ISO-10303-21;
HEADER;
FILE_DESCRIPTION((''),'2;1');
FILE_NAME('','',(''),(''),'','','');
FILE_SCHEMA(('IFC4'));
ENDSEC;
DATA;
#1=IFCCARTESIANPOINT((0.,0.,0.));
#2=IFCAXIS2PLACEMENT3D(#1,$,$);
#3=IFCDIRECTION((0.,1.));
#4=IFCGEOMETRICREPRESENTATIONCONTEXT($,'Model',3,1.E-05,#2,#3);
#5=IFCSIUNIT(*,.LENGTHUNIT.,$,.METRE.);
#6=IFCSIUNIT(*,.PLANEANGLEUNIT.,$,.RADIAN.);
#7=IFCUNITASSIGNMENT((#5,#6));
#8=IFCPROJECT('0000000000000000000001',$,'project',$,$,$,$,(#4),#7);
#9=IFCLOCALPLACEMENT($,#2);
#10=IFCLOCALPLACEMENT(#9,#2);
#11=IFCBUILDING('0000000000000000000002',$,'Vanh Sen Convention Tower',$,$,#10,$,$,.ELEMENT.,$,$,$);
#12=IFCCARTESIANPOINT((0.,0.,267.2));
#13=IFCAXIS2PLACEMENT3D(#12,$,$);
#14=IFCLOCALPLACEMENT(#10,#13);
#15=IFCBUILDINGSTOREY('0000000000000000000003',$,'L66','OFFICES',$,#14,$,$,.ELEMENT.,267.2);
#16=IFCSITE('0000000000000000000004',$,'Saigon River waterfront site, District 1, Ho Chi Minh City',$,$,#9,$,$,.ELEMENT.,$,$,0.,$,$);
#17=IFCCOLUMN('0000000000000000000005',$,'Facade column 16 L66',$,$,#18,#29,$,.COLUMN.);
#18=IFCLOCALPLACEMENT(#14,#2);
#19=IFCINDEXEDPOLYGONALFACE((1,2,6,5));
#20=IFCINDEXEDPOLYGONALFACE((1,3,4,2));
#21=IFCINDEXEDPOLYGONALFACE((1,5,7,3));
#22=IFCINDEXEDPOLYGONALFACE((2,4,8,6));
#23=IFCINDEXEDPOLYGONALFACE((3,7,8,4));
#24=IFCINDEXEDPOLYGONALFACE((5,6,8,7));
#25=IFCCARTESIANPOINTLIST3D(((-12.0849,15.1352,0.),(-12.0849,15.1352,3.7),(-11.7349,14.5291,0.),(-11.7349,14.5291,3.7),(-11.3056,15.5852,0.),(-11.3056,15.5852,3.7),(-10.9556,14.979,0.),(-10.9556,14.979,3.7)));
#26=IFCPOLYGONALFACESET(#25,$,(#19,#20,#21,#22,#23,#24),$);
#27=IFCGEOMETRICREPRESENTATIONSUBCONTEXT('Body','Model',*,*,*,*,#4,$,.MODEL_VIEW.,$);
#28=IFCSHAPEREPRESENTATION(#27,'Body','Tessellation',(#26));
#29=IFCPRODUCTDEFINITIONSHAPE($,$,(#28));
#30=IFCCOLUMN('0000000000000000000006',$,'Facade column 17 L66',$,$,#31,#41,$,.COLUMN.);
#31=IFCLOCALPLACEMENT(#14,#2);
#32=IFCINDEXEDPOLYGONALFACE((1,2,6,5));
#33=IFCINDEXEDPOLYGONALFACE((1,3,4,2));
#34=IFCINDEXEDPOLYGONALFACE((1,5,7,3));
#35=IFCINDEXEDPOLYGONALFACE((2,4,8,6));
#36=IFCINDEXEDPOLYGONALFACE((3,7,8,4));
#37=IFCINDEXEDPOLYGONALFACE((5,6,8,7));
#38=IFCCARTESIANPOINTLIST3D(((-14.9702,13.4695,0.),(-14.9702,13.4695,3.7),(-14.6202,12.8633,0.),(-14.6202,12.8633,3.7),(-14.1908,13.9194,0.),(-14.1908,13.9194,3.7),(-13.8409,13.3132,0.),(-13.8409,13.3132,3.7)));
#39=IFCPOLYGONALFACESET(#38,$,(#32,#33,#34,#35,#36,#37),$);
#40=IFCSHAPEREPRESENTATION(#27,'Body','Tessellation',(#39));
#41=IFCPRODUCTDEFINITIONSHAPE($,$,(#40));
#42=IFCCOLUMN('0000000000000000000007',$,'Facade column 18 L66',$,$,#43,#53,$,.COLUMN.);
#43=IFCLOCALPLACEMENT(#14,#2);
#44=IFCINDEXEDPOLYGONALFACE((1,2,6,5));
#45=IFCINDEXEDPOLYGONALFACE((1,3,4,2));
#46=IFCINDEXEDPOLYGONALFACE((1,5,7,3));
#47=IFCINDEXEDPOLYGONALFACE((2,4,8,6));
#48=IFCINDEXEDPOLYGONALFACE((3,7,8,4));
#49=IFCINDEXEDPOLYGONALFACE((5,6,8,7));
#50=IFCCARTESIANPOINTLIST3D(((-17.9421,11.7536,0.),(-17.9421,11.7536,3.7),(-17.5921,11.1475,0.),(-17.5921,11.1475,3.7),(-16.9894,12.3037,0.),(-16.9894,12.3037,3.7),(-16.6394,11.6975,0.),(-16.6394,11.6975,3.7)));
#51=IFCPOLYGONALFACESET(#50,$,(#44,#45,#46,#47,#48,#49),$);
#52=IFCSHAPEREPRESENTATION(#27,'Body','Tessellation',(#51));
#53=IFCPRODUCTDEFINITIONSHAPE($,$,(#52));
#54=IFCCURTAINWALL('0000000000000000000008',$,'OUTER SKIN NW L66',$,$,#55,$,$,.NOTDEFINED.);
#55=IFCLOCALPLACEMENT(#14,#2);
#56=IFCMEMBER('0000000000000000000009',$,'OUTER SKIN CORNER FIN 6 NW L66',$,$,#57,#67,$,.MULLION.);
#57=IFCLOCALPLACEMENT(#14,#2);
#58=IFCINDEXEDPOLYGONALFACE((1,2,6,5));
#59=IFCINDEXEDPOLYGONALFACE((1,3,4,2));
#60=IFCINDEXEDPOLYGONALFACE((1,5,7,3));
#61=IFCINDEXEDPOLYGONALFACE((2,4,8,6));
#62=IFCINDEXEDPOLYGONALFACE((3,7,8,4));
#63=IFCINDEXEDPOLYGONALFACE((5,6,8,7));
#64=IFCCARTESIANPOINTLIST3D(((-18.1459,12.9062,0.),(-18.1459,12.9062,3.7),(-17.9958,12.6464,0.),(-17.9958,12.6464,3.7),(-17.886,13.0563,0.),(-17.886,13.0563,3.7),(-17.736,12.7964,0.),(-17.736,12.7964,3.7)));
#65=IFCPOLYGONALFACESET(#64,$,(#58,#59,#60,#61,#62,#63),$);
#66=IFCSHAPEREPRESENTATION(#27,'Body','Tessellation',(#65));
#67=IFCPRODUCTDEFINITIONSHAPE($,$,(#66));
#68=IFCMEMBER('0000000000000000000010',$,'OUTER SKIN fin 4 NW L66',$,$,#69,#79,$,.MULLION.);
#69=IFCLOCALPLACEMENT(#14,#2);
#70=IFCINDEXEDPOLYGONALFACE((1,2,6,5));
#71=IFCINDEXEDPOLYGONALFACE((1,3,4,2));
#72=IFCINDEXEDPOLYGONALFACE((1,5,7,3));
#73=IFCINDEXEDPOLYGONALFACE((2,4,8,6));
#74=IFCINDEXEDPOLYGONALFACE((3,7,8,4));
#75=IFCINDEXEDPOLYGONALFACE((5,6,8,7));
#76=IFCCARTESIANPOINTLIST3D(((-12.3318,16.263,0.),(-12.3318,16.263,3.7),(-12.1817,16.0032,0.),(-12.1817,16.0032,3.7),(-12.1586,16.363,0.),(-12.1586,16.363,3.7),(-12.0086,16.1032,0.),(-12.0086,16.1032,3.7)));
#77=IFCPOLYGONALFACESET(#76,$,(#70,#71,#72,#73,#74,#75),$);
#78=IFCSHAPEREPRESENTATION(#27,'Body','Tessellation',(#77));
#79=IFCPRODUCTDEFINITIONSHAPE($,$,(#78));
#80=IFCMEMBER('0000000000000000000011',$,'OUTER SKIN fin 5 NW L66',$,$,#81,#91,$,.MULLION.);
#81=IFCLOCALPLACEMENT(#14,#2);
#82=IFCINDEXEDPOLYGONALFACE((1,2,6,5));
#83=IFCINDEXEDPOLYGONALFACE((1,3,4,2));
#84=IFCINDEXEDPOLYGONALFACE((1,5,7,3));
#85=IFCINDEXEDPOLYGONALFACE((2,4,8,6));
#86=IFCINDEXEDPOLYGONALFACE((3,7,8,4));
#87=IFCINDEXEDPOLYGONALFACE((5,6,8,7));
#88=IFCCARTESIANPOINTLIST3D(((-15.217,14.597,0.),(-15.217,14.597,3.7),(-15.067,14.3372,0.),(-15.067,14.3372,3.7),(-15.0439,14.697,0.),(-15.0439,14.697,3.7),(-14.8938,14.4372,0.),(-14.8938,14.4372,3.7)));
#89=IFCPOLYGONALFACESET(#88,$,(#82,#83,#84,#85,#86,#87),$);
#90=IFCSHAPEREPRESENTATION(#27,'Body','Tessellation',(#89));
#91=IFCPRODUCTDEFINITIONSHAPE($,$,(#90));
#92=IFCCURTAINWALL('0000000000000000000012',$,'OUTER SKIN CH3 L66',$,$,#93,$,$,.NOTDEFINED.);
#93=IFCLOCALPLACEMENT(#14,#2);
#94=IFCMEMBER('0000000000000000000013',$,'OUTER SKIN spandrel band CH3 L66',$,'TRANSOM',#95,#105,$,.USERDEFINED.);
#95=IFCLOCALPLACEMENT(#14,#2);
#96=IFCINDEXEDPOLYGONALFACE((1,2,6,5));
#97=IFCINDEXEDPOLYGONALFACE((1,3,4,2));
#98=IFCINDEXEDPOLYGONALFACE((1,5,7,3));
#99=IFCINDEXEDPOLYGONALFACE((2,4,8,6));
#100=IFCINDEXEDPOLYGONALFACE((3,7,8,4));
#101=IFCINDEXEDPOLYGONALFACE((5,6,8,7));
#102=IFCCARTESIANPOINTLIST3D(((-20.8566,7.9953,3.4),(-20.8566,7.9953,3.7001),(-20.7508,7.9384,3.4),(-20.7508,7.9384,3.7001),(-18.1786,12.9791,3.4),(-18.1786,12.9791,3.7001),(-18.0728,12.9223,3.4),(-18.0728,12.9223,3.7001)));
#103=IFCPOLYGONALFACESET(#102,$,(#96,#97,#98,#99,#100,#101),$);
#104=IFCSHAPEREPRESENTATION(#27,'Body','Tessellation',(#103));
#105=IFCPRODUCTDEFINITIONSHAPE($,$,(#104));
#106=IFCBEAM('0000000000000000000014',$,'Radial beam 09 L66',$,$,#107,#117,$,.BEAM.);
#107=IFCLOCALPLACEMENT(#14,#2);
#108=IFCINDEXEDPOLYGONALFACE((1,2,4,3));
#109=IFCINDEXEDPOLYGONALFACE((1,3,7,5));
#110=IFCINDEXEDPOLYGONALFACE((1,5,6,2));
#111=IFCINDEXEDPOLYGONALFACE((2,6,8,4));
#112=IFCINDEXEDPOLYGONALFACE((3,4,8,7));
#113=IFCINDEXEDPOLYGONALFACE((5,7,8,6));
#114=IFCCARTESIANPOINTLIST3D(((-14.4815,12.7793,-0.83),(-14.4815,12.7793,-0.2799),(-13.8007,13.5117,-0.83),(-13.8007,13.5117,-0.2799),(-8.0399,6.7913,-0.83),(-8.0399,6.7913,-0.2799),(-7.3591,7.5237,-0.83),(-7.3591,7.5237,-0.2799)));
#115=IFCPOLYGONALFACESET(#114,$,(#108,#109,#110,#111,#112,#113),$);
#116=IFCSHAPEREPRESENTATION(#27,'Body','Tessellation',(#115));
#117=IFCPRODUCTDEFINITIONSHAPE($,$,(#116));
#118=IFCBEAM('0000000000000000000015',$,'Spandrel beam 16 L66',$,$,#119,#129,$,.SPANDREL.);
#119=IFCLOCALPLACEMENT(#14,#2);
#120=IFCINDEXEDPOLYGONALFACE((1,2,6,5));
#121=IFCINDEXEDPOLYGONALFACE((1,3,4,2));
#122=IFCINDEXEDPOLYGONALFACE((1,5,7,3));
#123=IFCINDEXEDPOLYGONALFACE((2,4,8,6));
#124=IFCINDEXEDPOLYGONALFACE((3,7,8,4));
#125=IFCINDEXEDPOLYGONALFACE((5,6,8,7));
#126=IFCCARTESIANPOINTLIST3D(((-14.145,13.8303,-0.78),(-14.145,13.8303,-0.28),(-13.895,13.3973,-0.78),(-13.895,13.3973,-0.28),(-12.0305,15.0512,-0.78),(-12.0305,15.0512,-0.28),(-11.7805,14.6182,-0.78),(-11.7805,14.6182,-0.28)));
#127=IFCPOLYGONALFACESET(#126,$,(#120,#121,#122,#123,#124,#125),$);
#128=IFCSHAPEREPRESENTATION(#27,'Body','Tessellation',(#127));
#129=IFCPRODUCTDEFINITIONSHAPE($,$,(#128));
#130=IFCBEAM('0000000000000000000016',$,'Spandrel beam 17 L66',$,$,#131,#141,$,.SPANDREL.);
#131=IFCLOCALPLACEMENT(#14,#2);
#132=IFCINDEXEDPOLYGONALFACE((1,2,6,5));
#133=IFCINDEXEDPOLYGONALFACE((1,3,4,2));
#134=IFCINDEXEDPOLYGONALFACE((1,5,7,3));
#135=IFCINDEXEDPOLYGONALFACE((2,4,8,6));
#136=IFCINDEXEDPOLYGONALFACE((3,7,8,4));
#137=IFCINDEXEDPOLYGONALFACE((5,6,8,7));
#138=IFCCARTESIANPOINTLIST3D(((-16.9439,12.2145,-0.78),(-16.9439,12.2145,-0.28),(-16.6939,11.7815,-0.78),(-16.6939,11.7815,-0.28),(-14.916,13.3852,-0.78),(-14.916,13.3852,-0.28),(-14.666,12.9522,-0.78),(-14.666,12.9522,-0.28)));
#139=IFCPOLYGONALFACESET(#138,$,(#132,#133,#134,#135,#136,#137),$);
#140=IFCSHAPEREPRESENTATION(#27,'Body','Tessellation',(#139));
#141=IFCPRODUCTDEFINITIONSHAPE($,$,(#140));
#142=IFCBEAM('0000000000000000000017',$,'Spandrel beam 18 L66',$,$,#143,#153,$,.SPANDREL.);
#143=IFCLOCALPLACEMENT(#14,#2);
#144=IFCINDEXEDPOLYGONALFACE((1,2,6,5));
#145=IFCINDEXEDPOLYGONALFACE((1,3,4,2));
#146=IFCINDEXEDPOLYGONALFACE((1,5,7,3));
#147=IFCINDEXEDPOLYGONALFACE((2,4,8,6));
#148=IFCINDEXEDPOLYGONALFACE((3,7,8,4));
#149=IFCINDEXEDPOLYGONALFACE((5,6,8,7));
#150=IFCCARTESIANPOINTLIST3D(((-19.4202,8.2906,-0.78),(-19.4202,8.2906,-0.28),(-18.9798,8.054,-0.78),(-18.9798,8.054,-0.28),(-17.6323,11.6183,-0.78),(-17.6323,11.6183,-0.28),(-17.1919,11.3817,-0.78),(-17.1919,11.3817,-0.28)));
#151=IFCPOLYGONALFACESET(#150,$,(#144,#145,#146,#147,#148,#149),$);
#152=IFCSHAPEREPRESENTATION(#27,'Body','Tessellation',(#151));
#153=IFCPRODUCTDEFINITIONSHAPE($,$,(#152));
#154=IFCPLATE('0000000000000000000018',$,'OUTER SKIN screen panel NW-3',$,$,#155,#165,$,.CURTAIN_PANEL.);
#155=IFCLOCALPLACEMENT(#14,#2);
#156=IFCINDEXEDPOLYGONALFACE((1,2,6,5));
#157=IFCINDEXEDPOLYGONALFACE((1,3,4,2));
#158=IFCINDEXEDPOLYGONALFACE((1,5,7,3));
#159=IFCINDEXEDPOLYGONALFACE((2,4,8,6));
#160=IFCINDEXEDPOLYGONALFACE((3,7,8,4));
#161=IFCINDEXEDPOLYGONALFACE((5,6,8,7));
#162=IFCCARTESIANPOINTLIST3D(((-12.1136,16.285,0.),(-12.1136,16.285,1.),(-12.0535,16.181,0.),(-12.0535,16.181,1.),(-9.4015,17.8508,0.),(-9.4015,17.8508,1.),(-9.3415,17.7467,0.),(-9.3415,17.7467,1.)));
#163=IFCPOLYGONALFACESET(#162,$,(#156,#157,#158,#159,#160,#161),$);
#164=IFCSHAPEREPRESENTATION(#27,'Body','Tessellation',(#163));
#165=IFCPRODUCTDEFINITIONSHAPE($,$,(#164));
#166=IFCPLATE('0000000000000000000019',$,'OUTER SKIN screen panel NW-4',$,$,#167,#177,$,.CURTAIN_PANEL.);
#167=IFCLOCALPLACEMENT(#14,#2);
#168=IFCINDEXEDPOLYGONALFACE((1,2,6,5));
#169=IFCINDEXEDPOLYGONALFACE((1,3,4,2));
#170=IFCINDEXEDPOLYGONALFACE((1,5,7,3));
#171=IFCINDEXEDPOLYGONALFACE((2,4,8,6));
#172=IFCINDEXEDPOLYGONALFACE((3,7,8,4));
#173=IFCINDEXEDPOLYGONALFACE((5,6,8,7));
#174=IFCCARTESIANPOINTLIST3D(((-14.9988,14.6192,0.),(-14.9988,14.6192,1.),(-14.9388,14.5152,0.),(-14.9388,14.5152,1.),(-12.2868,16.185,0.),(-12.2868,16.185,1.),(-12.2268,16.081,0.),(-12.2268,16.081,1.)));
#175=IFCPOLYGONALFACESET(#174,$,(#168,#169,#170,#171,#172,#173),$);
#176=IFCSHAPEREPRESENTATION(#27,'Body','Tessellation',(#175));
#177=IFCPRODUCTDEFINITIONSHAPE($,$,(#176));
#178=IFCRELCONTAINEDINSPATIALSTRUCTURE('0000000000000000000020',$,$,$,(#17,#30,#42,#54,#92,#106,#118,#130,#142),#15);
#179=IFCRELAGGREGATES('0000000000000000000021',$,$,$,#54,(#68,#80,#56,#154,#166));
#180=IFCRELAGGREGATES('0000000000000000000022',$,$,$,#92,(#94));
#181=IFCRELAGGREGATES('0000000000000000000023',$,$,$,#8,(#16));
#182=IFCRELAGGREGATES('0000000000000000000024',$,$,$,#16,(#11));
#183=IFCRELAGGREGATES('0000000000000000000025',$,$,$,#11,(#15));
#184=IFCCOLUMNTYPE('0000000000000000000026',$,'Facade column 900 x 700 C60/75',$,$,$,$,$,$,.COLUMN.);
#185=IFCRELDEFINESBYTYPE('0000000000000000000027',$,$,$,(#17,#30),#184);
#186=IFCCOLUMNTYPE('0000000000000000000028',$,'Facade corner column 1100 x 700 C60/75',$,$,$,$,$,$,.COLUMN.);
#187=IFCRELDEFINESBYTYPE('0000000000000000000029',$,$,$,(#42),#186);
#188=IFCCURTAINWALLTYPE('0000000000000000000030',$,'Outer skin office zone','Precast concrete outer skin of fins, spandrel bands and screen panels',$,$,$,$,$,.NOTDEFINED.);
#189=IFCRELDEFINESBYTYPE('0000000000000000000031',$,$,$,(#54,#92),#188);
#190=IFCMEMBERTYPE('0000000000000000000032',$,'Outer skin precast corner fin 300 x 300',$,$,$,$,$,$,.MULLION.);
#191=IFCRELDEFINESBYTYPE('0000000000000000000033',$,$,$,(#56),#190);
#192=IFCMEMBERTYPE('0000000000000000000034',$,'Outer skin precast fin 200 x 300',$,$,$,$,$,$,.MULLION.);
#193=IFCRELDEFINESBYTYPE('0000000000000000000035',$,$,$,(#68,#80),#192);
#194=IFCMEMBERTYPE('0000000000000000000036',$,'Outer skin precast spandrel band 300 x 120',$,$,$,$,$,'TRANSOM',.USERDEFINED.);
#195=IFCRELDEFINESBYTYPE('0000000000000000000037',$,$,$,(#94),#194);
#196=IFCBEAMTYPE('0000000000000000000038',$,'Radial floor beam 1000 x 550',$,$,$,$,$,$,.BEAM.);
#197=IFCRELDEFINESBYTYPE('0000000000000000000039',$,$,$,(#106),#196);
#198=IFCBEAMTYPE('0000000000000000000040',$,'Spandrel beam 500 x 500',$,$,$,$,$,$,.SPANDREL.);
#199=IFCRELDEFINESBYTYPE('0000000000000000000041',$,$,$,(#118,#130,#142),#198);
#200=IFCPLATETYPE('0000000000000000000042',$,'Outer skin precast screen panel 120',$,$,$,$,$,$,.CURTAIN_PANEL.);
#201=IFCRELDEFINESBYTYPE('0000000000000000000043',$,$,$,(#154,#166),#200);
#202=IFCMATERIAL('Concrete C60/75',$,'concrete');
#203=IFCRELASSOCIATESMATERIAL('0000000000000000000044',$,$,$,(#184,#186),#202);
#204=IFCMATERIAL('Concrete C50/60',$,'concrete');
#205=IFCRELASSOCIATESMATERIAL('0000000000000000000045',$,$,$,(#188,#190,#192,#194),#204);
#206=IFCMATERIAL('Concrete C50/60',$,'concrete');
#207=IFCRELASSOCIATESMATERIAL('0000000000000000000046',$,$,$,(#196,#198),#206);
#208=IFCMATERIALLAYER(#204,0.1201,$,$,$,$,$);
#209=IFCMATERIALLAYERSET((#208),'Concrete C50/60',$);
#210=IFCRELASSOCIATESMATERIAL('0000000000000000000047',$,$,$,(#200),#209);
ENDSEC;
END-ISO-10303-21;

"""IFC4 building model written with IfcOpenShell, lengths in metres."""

from ifc_helpers import new_model, si_unit, direction, frame, origin, origin_2d, place, context, subcontext, project, spatial, rectangle, extrude, material, layer, layer_set, material_profile, profile_set, type_object, element, aggregate, save


model = new_model("IFC4")

# Units and contexts
model_context = context("Model", 3, precision=1e-05, world=origin(), true_north=direction((0.0, 1.0)))
body_context = subcontext(model_context, "Body", "Model", "MODEL_VIEW")
ifc_project = project(units=[si_unit("LENGTHUNIT", "METRE"), si_unit("PLANEANGLEUNIT", "RADIAN")], contexts=[model_context])

# Site, building, storey
site_placement = place(None, origin())
site = spatial("IfcSite", under=ifc_project, at=site_placement, Name="Saigon River waterfront site, District 1, Ho Chi Minh City", CompositionType="ELEMENT", RefElevation=0.0)
building_placement = place(site_placement, origin())
building = spatial("IfcBuilding", under=site, at=building_placement, Name="Vanh Sen Convention Tower", CompositionType="ELEMENT")
storey_placement = place(building_placement, frame((0.0, 0.0, 267.2)))
storey = spatial("IfcBuildingStorey", under=building, at=storey_placement, Name="L66", Description="OFFICES", CompositionType="ELEMENT", Elevation=267.2)

# Columns
ifc_material_1 = material(Name="Concrete C60/75", Category="concrete")
ifc_material_profile_1 = material_profile(ifc_material_1, rectangle(XDim=0.8999, YDim=0.7, at=origin_2d()), Name="RC 900X700")
ifc_profile_set_1 = profile_set([ifc_material_profile_1], Name="Concrete C60/75")
column_type_1 = type_object("IfcColumnType", Name="Facade column 900 x 700 C60/75", PredefinedType="COLUMN", material=ifc_profile_set_1)
for number, where, z_axis, x_axis, name in (
    (1, (-11.5203, 15.0571, 0.0), (0.0, 0.0, 1.0), (-0.866025, -0.5, 0.0), "Facade column 16 L66"),
    (2, (-14.4055, 13.3914, 0.0), (0.0, 0.0, 1.0), (-0.866025, -0.5, 0.0), "Facade column 17 L66"),
):
    element("IfcColumn", number, at=place(storey_placement, frame(where, z_axis=z_axis, x_axis=x_axis)), inside=storey, type_object=column_type_1, Name=name, PredefinedType="COLUMN", context=body_context, shape_type="SweptSolid", body=[
        extrude(rectangle(XDim=0.8999, YDim=0.7, at=origin_2d()), origin(), (0.0, 0.0, 1.0), 3.7),
    ])
ifc_material_profile_2 = material_profile(ifc_material_1, rectangle(XDim=1.1001, YDim=0.7, at=origin_2d()), Name="RC 1100X700")
ifc_profile_set_2 = profile_set([ifc_material_profile_2], Name="Concrete C60/75")
column_type_2 = type_object("IfcColumnType", Name="Facade corner column 1100 x 700 C60/75", PredefinedType="COLUMN", material=ifc_profile_set_2)
column_placement = place(storey_placement, frame((-17.2908, 11.7256, 0.0), z_axis=(0.0, 0.0, 1.0), x_axis=(-0.866025, -0.5, 0.0)))
element("IfcColumn", 3, at=column_placement, inside=storey, type_object=column_type_2, Name="Facade column 18 L66", PredefinedType="COLUMN", context=body_context, shape_type="SweptSolid", body=[
    extrude(rectangle(XDim=1.1001, YDim=0.7, at=origin_2d()), origin(), (0.0, 0.0, 1.0), 3.7),
])

# Curtain wall, members
ifc_material_2 = material(Name="Concrete C50/60", Category="concrete")
curtain_wall_type = type_object("IfcCurtainWallType", Name="Outer skin office zone", Description="Precast concrete outer skin of fins, spandrel bands and screen panels", PredefinedType="NOTDEFINED", material=ifc_material_2)
curtain_wall_1_placement = place(storey_placement, origin())
curtain_wall_1 = element("IfcCurtainWall", 4, at=curtain_wall_1_placement, inside=storey, type_object=curtain_wall_type, Name="OUTER SKIN NW L66", PredefinedType="NOTDEFINED")
ifc_material_profile_3 = material_profile(ifc_material_2, rectangle(XDim=0.3, YDim=0.3, at=origin_2d()), Name="Outer skin precast corner fin 300 x 300")
ifc_profile_set_3 = profile_set([ifc_material_profile_3], Name="Concrete C50/60")
member_type_1 = type_object("IfcMemberType", Name="Outer skin precast corner fin 300 x 300", PredefinedType="MULLION", material=ifc_profile_set_3)
member_1_placement = place(storey_placement, frame((-17.9409, 12.8513, 0.0), z_axis=(0.0, 0.0, 1.0), x_axis=(-0.866025, -0.5, 0.0)))
member_1 = element("IfcMember", 5, at=member_1_placement, type_object=member_type_1, Name="OUTER SKIN CORNER FIN 6 NW L66", PredefinedType="MULLION", context=body_context, shape_type="SweptSolid", body=[
    extrude(rectangle(XDim=0.3, YDim=0.3, at=origin_2d()), origin(), (0.0, 0.0, 1.0), 3.7),
])
ifc_material_profile_4 = material_profile(ifc_material_2, rectangle(XDim=0.2, YDim=0.3, at=origin_2d()), Name="Outer skin precast fin 200 x 300")
ifc_profile_set_4 = profile_set([ifc_material_profile_4], Name="Concrete C50/60")
member_type_2 = type_object("IfcMemberType", Name="Outer skin precast fin 200 x 300", PredefinedType="MULLION", material=ifc_profile_set_4)
member_2_placement = place(storey_placement, frame((-12.1702, 16.1831, 0.0), z_axis=(0.0, 0.0, 1.0), x_axis=(-0.866025, -0.5, 0.0)))
member_2 = element("IfcMember", 6, at=member_2_placement, type_object=member_type_2, Name="OUTER SKIN fin 4 NW L66", PredefinedType="MULLION", context=body_context, shape_type="SweptSolid", body=[
    extrude(rectangle(XDim=0.2, YDim=0.3, at=origin_2d()), origin(), (0.0, 0.0, 1.0), 3.7),
])
member_3_placement = place(storey_placement, frame((-15.0554, 14.5171, 0.0), z_axis=(0.0, 0.0, 1.0), x_axis=(-0.866025, -0.5, 0.0)))
member_3 = element("IfcMember", 7, at=member_3_placement, type_object=member_type_2, Name="OUTER SKIN fin 5 NW L66", PredefinedType="MULLION", context=body_context, shape_type="SweptSolid", body=[
    extrude(rectangle(XDim=0.2, YDim=0.3, at=origin_2d()), origin(), (0.0, 0.0, 1.0), 3.7),
])

# Curtain wall, member
curtain_wall_2_placement = place(storey_placement, origin())
curtain_wall_2 = element("IfcCurtainWall", 8, at=curtain_wall_2_placement, inside=storey, type_object=curtain_wall_type, Name="OUTER SKIN CH3 L66", PredefinedType="NOTDEFINED")
ifc_material_profile_5 = material_profile(ifc_material_2, rectangle(XDim=0.1201, YDim=0.3, at=origin_2d()), Name="Outer skin precast spandrel band 300 x 120")
ifc_profile_set_5 = profile_set([ifc_material_profile_5], Name="Concrete C50/60")
member_type_3 = type_object("IfcMemberType", Name="Outer skin precast spandrel band 300 x 120", ElementType="TRANSOM", PredefinedType="USERDEFINED", material=ifc_profile_set_5)
member_4_placement = place(storey_placement, frame((-18.1257, 12.9507, 3.55), z_axis=(-0.473325, -0.880888, 0.0), x_axis=(0.880888, -0.473325, 0.0)))
member_4 = element("IfcMember", 9, at=member_4_placement, type_object=member_type_3, Name="OUTER SKIN spandrel band CH3 L66", ObjectType="TRANSOM", PredefinedType="USERDEFINED", context=body_context, shape_type="SweptSolid", body=[
    extrude(rectangle(XDim=0.1201, YDim=0.3, at=origin_2d()), origin(), (0.0, 0.0, 1.0), 5.6577),
])

# Beams
ifc_material_3 = material(Name="Concrete C50/60", Category="concrete")
ifc_material_profile_6 = material_profile(ifc_material_3, rectangle(XDim=1.0, YDim=0.55, at=origin_2d()), Name="RC 1000X550")
ifc_profile_set_6 = profile_set([ifc_material_profile_6], Name="Concrete C50/60")
beam_type_1 = type_object("IfcBeamType", Name="Radial floor beam 1000 x 550", PredefinedType="BEAM", material=ifc_profile_set_6)
beam_1_placement = place(storey_placement, frame((-14.1411, 13.1455, -0.5549), z_axis=(0.732425, -0.680848, 0.0), x_axis=(0.680848, 0.732425, 0.0)))
element("IfcBeam", 10, at=beam_1_placement, inside=storey, type_object=beam_type_1, Name="Radial beam 09 L66", PredefinedType="BEAM", context=body_context, shape_type="SweptSolid", body=[
    extrude(rectangle(XDim=1.0, YDim=0.55, at=origin_2d()), origin(), (0.0, 0.0, 1.0), 8.7949),
])
ifc_material_profile_7 = material_profile(ifc_material_3, rectangle(XDim=0.5, YDim=0.5, at=origin_2d()), Name="RC 500X500")
ifc_profile_set_7 = profile_set([ifc_material_profile_7], Name="Concrete C50/60")
beam_type_2 = type_object("IfcBeamType", Name="Spandrel beam 500 x 500", PredefinedType="SPANDREL", material=ifc_profile_set_7)
beam_2_placement = place(storey_placement, frame((-11.9055, 14.8347, -0.53), z_axis=(-0.866001, -0.500043, 0.0), x_axis=(0.500043, -0.866001, 0.0)))
element("IfcBeam", 11, at=beam_2_placement, inside=storey, type_object=beam_type_2, Name="Spandrel beam 16 L66", PredefinedType="SPANDREL", context=body_context, shape_type="SweptSolid", body=[
    extrude(rectangle(XDim=0.5, YDim=0.5, at=origin_2d()), origin(), (0.0, 0.0, 1.0), 2.4417),
])
beam_3_placement = place(storey_placement, frame((-14.791, 13.1687, -0.53), z_axis=(-0.866047, -0.499963, 0.0), x_axis=(0.499963, -0.866047, 0.0)))
element("IfcBeam", 12, at=beam_3_placement, inside=storey, type_object=beam_type_2, Name="Spandrel beam 17 L66", PredefinedType="SPANDREL", context=body_context, shape_type="SweptSolid", body=[
    extrude(rectangle(XDim=0.5, YDim=0.5, at=origin_2d()), origin(), (0.0, 0.0, 1.0), 2.3416),
])
beam_4_placement = place(storey_placement, frame((-17.4121, 11.5, -0.53), z_axis=(-0.473286, -0.880909, 0.0), x_axis=(0.880909, -0.473286, 0.0)))
element("IfcBeam", 13, at=beam_4_placement, inside=storey, type_object=beam_type_2, Name="Spandrel beam 18 L66", PredefinedType="SPANDREL", context=body_context, shape_type="SweptSolid", body=[
    extrude(rectangle(XDim=0.5, YDim=0.5, at=origin_2d()), origin(), (0.0, 0.0, 1.0), 3.7776),
])

# Plates
ifc_layer_1 = layer(ifc_material_2, 0.1201)
ifc_layer_set_1 = layer_set([ifc_layer_1], Name="Concrete C50/60")
plate_type = type_object("IfcPlateType", Name="Outer skin precast screen panel 120", PredefinedType="CURTAIN_PANEL", material=ifc_layer_set_1)
plate_1_placement = place(storey_placement, frame((-10.7275, 17.0159, 0.0), z_axis=(0.0, 0.0, 1.0), x_axis=(-0.866029, -0.499994, 0.0)))
plate_1 = element("IfcPlate", 14, at=plate_1_placement, type_object=plate_type, Name="OUTER SKIN screen panel NW-3", PredefinedType="CURTAIN_PANEL", context=body_context, shape_type="SweptSolid", body=[
    extrude(rectangle(XDim=3.1316, YDim=0.1201, at=origin_2d()), origin(), (0.0, 0.0, 1.0), 1.0),
])
plate_2_placement = place(storey_placement, frame((-13.6128, 15.3501, 0.0), z_axis=(0.0, 0.0, 1.0), x_axis=(-0.866016, -0.500017, 0.0)))
plate_2 = element("IfcPlate", 15, at=plate_2_placement, type_object=plate_type, Name="OUTER SKIN screen panel NW-4", PredefinedType="CURTAIN_PANEL", context=body_context, shape_type="SweptSolid", body=[
    extrude(rectangle(XDim=3.1316, YDim=0.1201, at=origin_2d()), origin(), (0.0, 0.0, 1.0), 1.0),
])
aggregate(curtain_wall_1, [member_2, member_3, member_1, plate_1, plate_2])
aggregate(curtain_wall_2, [member_4])

save(model, "model.ifc")
